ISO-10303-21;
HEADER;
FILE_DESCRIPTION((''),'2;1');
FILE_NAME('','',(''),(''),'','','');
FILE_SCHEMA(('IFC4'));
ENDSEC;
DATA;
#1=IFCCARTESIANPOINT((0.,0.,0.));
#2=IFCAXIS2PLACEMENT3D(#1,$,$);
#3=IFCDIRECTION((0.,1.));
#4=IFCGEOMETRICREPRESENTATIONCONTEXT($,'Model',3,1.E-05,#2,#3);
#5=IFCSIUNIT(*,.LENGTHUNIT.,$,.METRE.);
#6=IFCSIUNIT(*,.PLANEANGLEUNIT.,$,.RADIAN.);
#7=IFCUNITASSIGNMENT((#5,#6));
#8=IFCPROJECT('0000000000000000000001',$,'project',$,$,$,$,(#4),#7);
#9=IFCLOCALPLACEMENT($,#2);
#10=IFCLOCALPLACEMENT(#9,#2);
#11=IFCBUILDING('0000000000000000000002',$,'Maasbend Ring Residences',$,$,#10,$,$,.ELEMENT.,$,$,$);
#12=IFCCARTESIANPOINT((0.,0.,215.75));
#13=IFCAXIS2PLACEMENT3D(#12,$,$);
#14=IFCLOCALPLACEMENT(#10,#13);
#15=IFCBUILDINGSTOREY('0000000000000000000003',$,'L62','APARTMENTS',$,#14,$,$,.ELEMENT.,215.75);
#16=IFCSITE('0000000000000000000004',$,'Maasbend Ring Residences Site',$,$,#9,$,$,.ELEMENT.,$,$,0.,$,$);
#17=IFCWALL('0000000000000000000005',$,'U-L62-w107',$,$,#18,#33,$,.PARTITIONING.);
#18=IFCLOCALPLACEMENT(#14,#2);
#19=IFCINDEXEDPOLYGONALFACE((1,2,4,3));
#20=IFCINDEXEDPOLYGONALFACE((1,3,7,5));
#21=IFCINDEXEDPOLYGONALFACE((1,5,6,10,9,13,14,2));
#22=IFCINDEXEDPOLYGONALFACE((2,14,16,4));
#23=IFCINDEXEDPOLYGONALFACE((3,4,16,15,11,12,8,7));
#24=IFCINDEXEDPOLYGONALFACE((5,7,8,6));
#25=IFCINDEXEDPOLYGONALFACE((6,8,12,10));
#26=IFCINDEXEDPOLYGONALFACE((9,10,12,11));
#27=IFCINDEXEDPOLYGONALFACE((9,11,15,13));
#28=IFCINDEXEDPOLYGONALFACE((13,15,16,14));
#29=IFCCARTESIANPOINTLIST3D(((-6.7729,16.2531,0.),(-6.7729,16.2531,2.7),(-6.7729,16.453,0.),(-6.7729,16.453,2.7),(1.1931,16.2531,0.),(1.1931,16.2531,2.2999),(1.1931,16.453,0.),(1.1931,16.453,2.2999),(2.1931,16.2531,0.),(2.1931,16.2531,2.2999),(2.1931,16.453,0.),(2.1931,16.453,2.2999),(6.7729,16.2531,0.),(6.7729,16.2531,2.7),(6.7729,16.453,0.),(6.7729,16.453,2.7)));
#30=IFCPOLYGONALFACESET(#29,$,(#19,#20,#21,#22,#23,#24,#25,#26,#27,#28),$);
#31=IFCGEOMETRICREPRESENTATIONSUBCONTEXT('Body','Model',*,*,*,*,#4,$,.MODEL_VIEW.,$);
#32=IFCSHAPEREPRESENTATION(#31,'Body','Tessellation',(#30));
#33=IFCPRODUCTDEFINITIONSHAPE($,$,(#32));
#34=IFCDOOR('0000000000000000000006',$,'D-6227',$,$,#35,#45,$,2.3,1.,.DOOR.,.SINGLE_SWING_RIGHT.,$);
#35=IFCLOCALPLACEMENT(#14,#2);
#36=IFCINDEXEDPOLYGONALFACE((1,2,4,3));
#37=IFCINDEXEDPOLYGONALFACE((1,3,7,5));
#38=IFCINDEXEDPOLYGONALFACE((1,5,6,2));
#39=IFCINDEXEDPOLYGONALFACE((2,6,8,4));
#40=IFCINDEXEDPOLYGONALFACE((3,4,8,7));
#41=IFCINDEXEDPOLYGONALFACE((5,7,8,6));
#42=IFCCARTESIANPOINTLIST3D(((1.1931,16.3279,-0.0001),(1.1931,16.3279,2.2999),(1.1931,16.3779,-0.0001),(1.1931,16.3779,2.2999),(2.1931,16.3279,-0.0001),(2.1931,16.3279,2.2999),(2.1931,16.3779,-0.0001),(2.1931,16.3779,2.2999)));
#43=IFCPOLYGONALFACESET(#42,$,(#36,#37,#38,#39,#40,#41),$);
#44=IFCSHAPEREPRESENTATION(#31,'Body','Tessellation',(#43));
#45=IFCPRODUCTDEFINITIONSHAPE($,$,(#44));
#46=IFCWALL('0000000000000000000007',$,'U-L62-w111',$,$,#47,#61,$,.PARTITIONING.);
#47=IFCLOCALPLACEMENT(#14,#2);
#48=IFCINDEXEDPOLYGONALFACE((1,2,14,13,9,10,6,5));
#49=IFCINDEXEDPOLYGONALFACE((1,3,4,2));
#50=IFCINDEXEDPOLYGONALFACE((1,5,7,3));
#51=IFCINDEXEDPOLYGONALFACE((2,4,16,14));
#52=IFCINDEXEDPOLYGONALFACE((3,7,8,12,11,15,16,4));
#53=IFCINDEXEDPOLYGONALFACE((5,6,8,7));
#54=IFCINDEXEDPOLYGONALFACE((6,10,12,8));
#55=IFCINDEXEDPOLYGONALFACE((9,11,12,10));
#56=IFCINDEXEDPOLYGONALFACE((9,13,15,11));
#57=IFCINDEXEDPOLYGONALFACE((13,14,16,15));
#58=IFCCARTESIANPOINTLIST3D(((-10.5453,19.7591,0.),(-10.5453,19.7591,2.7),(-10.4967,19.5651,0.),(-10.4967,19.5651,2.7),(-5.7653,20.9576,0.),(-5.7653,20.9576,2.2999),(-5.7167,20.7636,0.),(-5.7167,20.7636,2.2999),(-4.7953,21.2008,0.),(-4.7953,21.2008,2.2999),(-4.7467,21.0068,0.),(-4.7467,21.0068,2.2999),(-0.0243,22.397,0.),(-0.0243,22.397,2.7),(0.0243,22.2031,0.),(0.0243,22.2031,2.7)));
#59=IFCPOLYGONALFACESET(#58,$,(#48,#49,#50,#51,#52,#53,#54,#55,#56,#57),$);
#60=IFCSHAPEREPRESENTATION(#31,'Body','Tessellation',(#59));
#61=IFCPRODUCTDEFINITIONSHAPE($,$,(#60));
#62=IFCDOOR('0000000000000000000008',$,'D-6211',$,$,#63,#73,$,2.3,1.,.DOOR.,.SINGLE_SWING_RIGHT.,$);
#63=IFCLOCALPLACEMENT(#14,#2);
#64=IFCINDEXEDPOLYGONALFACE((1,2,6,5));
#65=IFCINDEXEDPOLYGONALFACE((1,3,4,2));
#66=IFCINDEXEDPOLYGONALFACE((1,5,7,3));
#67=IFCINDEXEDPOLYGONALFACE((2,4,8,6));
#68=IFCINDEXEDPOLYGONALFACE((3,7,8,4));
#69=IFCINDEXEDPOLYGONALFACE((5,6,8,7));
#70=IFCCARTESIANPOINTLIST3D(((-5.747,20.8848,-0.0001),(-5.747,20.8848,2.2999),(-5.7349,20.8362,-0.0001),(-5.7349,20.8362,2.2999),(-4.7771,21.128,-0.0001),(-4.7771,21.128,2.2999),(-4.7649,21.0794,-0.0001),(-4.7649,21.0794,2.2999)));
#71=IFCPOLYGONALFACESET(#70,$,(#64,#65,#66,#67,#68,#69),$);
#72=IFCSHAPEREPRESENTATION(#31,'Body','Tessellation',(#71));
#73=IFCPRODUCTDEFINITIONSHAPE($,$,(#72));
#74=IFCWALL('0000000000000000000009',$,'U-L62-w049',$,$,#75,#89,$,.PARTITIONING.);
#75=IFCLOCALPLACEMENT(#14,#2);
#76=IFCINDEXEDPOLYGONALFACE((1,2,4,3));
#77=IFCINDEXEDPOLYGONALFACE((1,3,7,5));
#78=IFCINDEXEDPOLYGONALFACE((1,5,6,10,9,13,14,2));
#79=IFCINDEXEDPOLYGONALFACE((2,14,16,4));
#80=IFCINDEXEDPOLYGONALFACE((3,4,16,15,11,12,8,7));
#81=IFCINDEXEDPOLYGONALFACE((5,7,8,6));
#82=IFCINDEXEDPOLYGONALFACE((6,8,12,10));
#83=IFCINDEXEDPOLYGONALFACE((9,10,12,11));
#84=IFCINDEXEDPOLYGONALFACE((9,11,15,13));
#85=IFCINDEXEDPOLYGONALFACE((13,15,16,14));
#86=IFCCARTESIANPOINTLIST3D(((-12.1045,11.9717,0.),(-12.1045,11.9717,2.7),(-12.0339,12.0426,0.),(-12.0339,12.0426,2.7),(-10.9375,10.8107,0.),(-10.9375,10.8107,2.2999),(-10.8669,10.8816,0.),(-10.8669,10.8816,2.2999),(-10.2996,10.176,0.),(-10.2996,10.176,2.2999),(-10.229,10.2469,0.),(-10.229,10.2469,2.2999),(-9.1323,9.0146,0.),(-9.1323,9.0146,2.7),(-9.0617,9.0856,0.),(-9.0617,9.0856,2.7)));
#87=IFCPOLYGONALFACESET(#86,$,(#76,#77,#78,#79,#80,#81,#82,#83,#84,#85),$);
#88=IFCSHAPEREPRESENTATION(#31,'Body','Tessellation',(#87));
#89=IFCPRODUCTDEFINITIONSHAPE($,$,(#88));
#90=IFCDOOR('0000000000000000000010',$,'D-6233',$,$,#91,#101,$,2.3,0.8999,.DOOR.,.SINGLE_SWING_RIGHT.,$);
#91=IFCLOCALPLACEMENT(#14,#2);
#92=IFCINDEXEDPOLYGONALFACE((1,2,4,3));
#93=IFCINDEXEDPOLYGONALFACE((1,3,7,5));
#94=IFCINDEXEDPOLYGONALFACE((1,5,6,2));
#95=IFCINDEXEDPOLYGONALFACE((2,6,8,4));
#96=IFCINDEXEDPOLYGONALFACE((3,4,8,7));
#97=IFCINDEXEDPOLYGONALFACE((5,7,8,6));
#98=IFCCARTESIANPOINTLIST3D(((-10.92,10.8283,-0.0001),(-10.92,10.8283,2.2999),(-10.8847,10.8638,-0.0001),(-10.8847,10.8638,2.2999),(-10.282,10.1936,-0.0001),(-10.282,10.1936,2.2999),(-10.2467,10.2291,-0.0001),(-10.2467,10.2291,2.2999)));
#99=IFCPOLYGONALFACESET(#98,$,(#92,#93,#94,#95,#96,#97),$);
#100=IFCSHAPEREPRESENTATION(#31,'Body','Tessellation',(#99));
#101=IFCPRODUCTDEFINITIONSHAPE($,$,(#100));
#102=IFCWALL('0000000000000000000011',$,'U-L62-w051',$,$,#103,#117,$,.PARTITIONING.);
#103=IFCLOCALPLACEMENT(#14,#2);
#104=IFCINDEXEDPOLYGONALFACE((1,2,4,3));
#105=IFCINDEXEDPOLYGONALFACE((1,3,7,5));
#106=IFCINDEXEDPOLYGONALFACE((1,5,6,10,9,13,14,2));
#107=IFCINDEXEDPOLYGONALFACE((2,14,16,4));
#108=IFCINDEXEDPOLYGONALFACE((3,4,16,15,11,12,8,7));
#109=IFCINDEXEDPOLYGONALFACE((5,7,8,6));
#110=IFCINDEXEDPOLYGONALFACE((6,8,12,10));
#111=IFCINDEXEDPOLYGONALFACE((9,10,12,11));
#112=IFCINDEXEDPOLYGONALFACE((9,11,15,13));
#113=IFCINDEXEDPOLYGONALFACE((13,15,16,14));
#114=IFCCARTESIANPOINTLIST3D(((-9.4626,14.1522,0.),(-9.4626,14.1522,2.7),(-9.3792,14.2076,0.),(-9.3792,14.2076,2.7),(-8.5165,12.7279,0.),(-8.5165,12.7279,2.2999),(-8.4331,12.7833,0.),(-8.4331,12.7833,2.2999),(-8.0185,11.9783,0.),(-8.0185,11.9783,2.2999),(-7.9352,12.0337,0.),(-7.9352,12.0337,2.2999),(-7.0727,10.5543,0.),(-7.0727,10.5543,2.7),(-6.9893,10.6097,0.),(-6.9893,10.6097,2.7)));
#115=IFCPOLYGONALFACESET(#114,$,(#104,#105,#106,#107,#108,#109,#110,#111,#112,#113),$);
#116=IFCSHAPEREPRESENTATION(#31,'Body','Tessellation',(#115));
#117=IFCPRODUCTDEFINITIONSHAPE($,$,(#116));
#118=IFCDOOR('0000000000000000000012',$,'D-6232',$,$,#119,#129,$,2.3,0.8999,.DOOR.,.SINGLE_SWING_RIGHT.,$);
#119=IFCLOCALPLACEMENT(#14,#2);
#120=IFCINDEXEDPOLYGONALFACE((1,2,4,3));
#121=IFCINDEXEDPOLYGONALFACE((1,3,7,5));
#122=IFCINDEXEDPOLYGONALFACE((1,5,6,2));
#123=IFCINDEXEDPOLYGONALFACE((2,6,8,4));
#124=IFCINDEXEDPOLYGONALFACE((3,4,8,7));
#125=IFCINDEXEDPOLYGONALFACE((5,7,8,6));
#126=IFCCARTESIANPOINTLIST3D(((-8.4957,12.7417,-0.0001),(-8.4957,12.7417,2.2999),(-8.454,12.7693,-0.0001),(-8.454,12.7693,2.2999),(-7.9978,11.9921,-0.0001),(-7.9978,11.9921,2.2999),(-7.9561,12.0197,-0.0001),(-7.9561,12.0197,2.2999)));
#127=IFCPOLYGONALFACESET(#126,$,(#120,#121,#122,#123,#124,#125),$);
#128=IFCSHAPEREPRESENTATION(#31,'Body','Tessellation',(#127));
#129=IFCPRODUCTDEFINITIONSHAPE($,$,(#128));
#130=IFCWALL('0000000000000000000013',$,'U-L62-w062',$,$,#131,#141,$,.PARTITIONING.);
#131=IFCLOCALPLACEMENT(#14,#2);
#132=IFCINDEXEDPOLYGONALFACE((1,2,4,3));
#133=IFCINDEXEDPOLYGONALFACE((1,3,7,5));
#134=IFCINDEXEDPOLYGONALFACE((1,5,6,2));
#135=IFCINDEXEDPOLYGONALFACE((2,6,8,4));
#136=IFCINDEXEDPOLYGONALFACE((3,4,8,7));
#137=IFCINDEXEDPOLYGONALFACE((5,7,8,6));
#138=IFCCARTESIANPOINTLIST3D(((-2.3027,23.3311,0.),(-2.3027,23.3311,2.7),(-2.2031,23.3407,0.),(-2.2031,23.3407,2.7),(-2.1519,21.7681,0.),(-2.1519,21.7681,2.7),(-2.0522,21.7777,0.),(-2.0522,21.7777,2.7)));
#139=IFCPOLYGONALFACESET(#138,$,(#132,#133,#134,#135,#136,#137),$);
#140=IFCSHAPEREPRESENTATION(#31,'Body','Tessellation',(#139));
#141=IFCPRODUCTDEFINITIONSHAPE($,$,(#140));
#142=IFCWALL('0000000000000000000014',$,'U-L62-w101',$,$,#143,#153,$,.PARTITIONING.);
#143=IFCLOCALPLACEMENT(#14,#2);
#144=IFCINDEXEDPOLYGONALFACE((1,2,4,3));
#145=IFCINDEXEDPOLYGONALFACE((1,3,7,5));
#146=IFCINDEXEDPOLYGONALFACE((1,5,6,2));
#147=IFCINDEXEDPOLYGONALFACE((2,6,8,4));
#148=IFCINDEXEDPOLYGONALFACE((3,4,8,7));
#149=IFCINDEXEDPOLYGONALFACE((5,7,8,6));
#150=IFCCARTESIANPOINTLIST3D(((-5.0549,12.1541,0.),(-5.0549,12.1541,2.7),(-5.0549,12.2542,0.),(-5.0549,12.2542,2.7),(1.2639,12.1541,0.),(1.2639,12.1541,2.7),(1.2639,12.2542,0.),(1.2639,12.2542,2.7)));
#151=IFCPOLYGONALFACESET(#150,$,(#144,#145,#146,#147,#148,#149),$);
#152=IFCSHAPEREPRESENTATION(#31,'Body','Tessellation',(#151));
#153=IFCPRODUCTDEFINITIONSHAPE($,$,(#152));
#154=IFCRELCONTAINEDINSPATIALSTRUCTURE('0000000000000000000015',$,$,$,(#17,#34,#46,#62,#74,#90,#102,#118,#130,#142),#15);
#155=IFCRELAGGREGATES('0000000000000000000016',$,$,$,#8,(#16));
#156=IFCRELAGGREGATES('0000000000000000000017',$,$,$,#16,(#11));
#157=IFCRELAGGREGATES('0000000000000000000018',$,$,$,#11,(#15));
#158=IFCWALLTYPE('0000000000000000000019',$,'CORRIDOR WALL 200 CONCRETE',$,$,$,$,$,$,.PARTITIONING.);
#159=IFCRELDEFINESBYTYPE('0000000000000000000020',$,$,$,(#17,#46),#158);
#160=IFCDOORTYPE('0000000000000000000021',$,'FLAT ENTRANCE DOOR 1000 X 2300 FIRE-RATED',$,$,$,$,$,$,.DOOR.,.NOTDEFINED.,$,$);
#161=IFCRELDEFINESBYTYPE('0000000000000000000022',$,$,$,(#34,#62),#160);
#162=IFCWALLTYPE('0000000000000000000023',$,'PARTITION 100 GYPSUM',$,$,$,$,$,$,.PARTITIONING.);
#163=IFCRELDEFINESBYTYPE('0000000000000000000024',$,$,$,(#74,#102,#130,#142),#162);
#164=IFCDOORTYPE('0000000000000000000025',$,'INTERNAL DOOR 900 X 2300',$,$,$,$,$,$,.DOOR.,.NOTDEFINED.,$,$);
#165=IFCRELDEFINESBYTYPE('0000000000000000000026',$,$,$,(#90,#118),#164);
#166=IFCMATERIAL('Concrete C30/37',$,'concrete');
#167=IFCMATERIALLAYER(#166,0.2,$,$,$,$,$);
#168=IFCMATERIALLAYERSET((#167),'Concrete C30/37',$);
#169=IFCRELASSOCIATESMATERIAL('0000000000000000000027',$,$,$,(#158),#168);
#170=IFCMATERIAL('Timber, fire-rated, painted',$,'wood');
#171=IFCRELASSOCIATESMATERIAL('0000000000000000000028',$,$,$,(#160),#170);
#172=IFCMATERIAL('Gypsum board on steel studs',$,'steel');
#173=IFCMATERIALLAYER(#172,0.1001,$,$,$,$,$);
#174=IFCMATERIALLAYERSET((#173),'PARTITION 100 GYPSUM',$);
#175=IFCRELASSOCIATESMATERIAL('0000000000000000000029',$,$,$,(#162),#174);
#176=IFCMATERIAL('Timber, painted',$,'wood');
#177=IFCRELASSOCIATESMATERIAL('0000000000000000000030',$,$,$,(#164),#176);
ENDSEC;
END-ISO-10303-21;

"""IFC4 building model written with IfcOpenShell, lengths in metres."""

from ifc_helpers import new_model, si_unit, direction, frame, frame_2d, origin, place, context, subcontext, project, spatial, rectangle, extrude, material, layer, layer_set, type_object, element, fill, save


model = new_model("IFC4")

# Units and contexts
model_context = context("Model", 3, precision=1e-05, world=origin(), true_north=direction((0.0, 1.0)))
body_context = subcontext(model_context, "Body", "Model", "MODEL_VIEW")
ifc_project = project(units=[si_unit("LENGTHUNIT", "METRE"), si_unit("PLANEANGLEUNIT", "RADIAN")], contexts=[model_context])

# Site, building, storey
site_placement = place(None, origin())
site = spatial("IfcSite", under=ifc_project, at=site_placement, Name="Maasbend Ring Residences Site", CompositionType="ELEMENT", RefElevation=0.0)
building_placement = place(site_placement, origin())
building = spatial("IfcBuilding", under=site, at=building_placement, Name="Maasbend Ring Residences", CompositionType="ELEMENT")
storey_placement = place(building_placement, frame((0.0, 0.0, 215.75)))
storey = spatial("IfcBuildingStorey", under=building, at=storey_placement, Name="L62", Description="APARTMENTS", CompositionType="ELEMENT", Elevation=215.75)

# Walls, openings, doors
ifc_material_1 = material(Name="Concrete C30/37", Category="concrete")
ifc_layer_1 = layer(ifc_material_1, 0.2)
ifc_layer_set_1 = layer_set([ifc_layer_1], Name="Concrete C30/37")
wall_type_1 = type_object("IfcWallType", Name="CORRIDOR WALL 200 CONCRETE", PredefinedType="PARTITIONING", material=ifc_layer_set_1)
wall_1_placement = place(storey_placement, frame((-6.7729, 16.353, 0.0), z_axis=(0.0, 0.0, 1.0), x_axis=(1.0, 0.0, 0.0)))
wall_1 = element("IfcWall", 1, at=wall_1_placement, inside=storey, type_object=wall_type_1, Name="U-L62-w107", PredefinedType="PARTITIONING", context=body_context, shape_type="SweptSolid", body=[
    extrude(rectangle(XDim=13.5459, YDim=0.2, at=frame_2d((6.7729, 0.0))), origin(), (0.0, 0.0, 1.0), 2.7),
])
opening_1_placement = place(wall_1_placement, frame((7.9661, 0.0, 0.0)))
opening_1 = element("IfcOpeningElement", 2, at=opening_1_placement, cuts=wall_1, PredefinedType="OPENING", context=body_context, shape_type="SweptSolid", body=[
    extrude(rectangle(XDim=1.0, YDim=2.3, at=frame_2d((0.5, 1.1499))), frame((0.0, 0.1099, 0.0), z_axis=(0.0, -1.0, 0.0), x_axis=(1.0, 0.0, 0.0)), (0.0, 0.0, 1.0), 0.22),
])
ifc_material_2 = material(Name="Timber, fire-rated, painted", Category="wood")
door_type_1 = type_object("IfcDoorType", Name="FLAT ENTRANCE DOOR 1000 X 2300 FIRE-RATED", OperationType="NOTDEFINED", PredefinedType="DOOR", material=ifc_material_2)
door_1_placement = place(opening_1_placement, origin())
door_1 = element("IfcDoor", 3, at=door_1_placement, inside=storey, type_object=door_type_1, Name="D-6227", OperationType="SINGLE_SWING_RIGHT", OverallHeight=2.3, OverallWidth=1.0, PredefinedType="DOOR", context=body_context, shape_type="SweptSolid", body=[
    extrude(rectangle(XDim=1.0, YDim=2.3, at=frame_2d((0.5, 1.1499))), frame((0.0, 0.0249, 0.0), z_axis=(0.0, -1.0, 0.0), x_axis=(1.0, 0.0, 0.0)), (0.0, 0.0, 1.0), 0.05),
])
fill(opening_1, door_1)
wall_2_placement = place(storey_placement, frame((-10.521, 19.6621, 0.0), z_axis=(0.0, 0.0, 1.0), x_axis=(0.969975, 0.243203, 0.0)))
wall_2 = element("IfcWall", 4, at=wall_2_placement, inside=storey, type_object=wall_type_1, Name="U-L62-w111", PredefinedType="PARTITIONING", context=body_context, shape_type="SweptSolid", body=[
    extrude(rectangle(XDim=10.8467, YDim=0.2, at=frame_2d((5.4233, 0.0))), origin(), (0.0, 0.0, 1.0), 2.7),
])
opening_2_placement = place(wall_2_placement, frame((4.928, 0.0, 0.0)))
opening_2 = element("IfcOpeningElement", 5, at=opening_2_placement, cuts=wall_2, PredefinedType="OPENING", context=body_context, shape_type="SweptSolid", body=[
    extrude(rectangle(XDim=1.0, YDim=2.3, at=frame_2d((0.5, 1.1499))), frame((0.0, 0.1099, 0.0), z_axis=(0.0, -1.0, 0.0), x_axis=(1.0, 0.0, 0.0)), (0.0, 0.0, 1.0), 0.22),
])
door_2_placement = place(opening_2_placement, origin())
door_2 = element("IfcDoor", 6, at=door_2_placement, inside=storey, type_object=door_type_1, Name="D-6211", OperationType="SINGLE_SWING_RIGHT", OverallHeight=2.3, OverallWidth=1.0, PredefinedType="DOOR", context=body_context, shape_type="SweptSolid", body=[
    extrude(rectangle(XDim=1.0, YDim=2.3, at=frame_2d((0.5, 1.1499))), frame((0.0, 0.0249, 0.0), z_axis=(0.0, -1.0, 0.0), x_axis=(1.0, 0.0, 0.0)), (0.0, 0.0, 1.0), 0.05),
])
fill(opening_2, door_2)
ifc_material_3 = material(Name="Gypsum board on steel studs", Category="steel")
ifc_layer_2 = layer(ifc_material_3, 0.1001)
ifc_layer_set_2 = layer_set([ifc_layer_2], Name="PARTITION 100 GYPSUM")
wall_type_2 = type_object("IfcWallType", Name="PARTITION 100 GYPSUM", PredefinedType="PARTITIONING", material=ifc_layer_set_2)
wall_3_placement = place(storey_placement, frame((-12.0691, 12.0071, 0.0), z_axis=(0.0, 0.0, 1.0), x_axis=(0.70891, -0.705299, 0.0)))
wall_3 = element("IfcWall", 7, at=wall_3_placement, inside=storey, type_object=wall_type_2, Name="U-L62-w049", PredefinedType="PARTITIONING", context=body_context, shape_type="SweptSolid", body=[
    extrude(rectangle(XDim=4.1926, YDim=0.1001, at=frame_2d((2.0962, 0.0))), origin(), (0.0, 0.0, 1.0), 2.7),
])
opening_3_placement = place(wall_3_placement, frame((1.646, 0.0, 0.0)))
opening_3 = element("IfcOpeningElement", 8, at=opening_3_placement, cuts=wall_3, PredefinedType="OPENING", context=body_context, shape_type="SweptSolid", body=[
    extrude(rectangle(XDim=0.8999, YDim=2.3, at=frame_2d((0.45, 1.1499))), frame((0.0, 0.0601, 0.0), z_axis=(0.0, -1.0, 0.0), x_axis=(1.0, 0.0, 0.0)), (0.0, 0.0, 1.0), 0.1201),
])
ifc_material_4 = material(Name="Timber, painted", Category="wood")
door_type_2 = type_object("IfcDoorType", Name="INTERNAL DOOR 900 X 2300", OperationType="NOTDEFINED", PredefinedType="DOOR", material=ifc_material_4)
door_3_placement = place(opening_3_placement, origin())
door_3 = element("IfcDoor", 9, at=door_3_placement, inside=storey, type_object=door_type_2, Name="D-6233", OperationType="SINGLE_SWING_RIGHT", OverallHeight=2.3, OverallWidth=0.8999, PredefinedType="DOOR", context=body_context, shape_type="SweptSolid", body=[
    extrude(rectangle(XDim=0.8999, YDim=2.3, at=frame_2d((0.45, 1.1499))), frame((0.0, 0.0249, 0.0), z_axis=(0.0, -1.0, 0.0), x_axis=(1.0, 0.0, 0.0)), (0.0, 0.0, 1.0), 0.05),
])
fill(opening_3, door_3)
wall_4_placement = place(storey_placement, frame((-9.4209, 14.1799, 0.0), z_axis=(0.0, 0.0, 1.0), x_axis=(0.553304, -0.83298, 0.0)))
wall_4 = element("IfcWall", 10, at=wall_4_placement, inside=storey, type_object=wall_type_2, Name="U-L62-w051", PredefinedType="PARTITIONING", context=body_context, shape_type="SweptSolid", body=[
    extrude(rectangle(XDim=4.3193, YDim=0.1001, at=frame_2d((2.1597, 0.0))), origin(), (0.0, 0.0, 1.0), 2.7),
])
opening_4_placement = place(wall_4_placement, frame((1.71, 0.0, 0.0)))
opening_4 = element("IfcOpeningElement", 11, at=opening_4_placement, cuts=wall_4, PredefinedType="OPENING", context=body_context, shape_type="SweptSolid", body=[
    extrude(rectangle(XDim=0.8999, YDim=2.3, at=frame_2d((0.45, 1.1499))), frame((0.0, 0.0601, 0.0), z_axis=(0.0, -1.0, 0.0), x_axis=(1.0, 0.0, 0.0)), (0.0, 0.0, 1.0), 0.1201),
])
door_4_placement = place(opening_4_placement, origin())
door_4 = element("IfcDoor", 12, at=door_4_placement, inside=storey, type_object=door_type_2, Name="D-6232", OperationType="SINGLE_SWING_RIGHT", OverallHeight=2.3, OverallWidth=0.8999, PredefinedType="DOOR", context=body_context, shape_type="SweptSolid", body=[
    extrude(rectangle(XDim=0.8999, YDim=2.3, at=frame_2d((0.45, 1.1499))), frame((0.0, 0.0249, 0.0), z_axis=(0.0, -1.0, 0.0), x_axis=(1.0, 0.0, 0.0)), (0.0, 0.0, 1.0), 0.05),
])
fill(opening_4, door_4)

# Walls
wall_5_placement = place(storey_placement, frame((-2.2529, 23.3359, 0.0), z_axis=(0.0, 0.0, 1.0), x_axis=(0.096086, -0.995373, 0.0)))
element("IfcWall", 13, at=wall_5_placement, inside=storey, type_object=wall_type_2, Name="U-L62-w062", PredefinedType="PARTITIONING", context=body_context, shape_type="SweptSolid", body=[
    extrude(rectangle(XDim=1.5703, YDim=0.1001, at=frame_2d((0.7852, 0.0))), origin(), (0.0, 0.0, 1.0), 2.7),
])
wall_6_placement = place(storey_placement, frame((-5.0549, 12.2041, 0.0), z_axis=(0.0, 0.0, 1.0), x_axis=(1.0, 0.0, 0.0)))
element("IfcWall", 14, at=wall_6_placement, inside=storey, type_object=wall_type_2, Name="U-L62-w101", PredefinedType="PARTITIONING", context=body_context, shape_type="SweptSolid", body=[
    extrude(rectangle(XDim=6.3188, YDim=0.1001, at=frame_2d((3.1594, 0.0))), origin(), (0.0, 0.0, 1.0), 2.7),
])

save(model, "model.ifc")
